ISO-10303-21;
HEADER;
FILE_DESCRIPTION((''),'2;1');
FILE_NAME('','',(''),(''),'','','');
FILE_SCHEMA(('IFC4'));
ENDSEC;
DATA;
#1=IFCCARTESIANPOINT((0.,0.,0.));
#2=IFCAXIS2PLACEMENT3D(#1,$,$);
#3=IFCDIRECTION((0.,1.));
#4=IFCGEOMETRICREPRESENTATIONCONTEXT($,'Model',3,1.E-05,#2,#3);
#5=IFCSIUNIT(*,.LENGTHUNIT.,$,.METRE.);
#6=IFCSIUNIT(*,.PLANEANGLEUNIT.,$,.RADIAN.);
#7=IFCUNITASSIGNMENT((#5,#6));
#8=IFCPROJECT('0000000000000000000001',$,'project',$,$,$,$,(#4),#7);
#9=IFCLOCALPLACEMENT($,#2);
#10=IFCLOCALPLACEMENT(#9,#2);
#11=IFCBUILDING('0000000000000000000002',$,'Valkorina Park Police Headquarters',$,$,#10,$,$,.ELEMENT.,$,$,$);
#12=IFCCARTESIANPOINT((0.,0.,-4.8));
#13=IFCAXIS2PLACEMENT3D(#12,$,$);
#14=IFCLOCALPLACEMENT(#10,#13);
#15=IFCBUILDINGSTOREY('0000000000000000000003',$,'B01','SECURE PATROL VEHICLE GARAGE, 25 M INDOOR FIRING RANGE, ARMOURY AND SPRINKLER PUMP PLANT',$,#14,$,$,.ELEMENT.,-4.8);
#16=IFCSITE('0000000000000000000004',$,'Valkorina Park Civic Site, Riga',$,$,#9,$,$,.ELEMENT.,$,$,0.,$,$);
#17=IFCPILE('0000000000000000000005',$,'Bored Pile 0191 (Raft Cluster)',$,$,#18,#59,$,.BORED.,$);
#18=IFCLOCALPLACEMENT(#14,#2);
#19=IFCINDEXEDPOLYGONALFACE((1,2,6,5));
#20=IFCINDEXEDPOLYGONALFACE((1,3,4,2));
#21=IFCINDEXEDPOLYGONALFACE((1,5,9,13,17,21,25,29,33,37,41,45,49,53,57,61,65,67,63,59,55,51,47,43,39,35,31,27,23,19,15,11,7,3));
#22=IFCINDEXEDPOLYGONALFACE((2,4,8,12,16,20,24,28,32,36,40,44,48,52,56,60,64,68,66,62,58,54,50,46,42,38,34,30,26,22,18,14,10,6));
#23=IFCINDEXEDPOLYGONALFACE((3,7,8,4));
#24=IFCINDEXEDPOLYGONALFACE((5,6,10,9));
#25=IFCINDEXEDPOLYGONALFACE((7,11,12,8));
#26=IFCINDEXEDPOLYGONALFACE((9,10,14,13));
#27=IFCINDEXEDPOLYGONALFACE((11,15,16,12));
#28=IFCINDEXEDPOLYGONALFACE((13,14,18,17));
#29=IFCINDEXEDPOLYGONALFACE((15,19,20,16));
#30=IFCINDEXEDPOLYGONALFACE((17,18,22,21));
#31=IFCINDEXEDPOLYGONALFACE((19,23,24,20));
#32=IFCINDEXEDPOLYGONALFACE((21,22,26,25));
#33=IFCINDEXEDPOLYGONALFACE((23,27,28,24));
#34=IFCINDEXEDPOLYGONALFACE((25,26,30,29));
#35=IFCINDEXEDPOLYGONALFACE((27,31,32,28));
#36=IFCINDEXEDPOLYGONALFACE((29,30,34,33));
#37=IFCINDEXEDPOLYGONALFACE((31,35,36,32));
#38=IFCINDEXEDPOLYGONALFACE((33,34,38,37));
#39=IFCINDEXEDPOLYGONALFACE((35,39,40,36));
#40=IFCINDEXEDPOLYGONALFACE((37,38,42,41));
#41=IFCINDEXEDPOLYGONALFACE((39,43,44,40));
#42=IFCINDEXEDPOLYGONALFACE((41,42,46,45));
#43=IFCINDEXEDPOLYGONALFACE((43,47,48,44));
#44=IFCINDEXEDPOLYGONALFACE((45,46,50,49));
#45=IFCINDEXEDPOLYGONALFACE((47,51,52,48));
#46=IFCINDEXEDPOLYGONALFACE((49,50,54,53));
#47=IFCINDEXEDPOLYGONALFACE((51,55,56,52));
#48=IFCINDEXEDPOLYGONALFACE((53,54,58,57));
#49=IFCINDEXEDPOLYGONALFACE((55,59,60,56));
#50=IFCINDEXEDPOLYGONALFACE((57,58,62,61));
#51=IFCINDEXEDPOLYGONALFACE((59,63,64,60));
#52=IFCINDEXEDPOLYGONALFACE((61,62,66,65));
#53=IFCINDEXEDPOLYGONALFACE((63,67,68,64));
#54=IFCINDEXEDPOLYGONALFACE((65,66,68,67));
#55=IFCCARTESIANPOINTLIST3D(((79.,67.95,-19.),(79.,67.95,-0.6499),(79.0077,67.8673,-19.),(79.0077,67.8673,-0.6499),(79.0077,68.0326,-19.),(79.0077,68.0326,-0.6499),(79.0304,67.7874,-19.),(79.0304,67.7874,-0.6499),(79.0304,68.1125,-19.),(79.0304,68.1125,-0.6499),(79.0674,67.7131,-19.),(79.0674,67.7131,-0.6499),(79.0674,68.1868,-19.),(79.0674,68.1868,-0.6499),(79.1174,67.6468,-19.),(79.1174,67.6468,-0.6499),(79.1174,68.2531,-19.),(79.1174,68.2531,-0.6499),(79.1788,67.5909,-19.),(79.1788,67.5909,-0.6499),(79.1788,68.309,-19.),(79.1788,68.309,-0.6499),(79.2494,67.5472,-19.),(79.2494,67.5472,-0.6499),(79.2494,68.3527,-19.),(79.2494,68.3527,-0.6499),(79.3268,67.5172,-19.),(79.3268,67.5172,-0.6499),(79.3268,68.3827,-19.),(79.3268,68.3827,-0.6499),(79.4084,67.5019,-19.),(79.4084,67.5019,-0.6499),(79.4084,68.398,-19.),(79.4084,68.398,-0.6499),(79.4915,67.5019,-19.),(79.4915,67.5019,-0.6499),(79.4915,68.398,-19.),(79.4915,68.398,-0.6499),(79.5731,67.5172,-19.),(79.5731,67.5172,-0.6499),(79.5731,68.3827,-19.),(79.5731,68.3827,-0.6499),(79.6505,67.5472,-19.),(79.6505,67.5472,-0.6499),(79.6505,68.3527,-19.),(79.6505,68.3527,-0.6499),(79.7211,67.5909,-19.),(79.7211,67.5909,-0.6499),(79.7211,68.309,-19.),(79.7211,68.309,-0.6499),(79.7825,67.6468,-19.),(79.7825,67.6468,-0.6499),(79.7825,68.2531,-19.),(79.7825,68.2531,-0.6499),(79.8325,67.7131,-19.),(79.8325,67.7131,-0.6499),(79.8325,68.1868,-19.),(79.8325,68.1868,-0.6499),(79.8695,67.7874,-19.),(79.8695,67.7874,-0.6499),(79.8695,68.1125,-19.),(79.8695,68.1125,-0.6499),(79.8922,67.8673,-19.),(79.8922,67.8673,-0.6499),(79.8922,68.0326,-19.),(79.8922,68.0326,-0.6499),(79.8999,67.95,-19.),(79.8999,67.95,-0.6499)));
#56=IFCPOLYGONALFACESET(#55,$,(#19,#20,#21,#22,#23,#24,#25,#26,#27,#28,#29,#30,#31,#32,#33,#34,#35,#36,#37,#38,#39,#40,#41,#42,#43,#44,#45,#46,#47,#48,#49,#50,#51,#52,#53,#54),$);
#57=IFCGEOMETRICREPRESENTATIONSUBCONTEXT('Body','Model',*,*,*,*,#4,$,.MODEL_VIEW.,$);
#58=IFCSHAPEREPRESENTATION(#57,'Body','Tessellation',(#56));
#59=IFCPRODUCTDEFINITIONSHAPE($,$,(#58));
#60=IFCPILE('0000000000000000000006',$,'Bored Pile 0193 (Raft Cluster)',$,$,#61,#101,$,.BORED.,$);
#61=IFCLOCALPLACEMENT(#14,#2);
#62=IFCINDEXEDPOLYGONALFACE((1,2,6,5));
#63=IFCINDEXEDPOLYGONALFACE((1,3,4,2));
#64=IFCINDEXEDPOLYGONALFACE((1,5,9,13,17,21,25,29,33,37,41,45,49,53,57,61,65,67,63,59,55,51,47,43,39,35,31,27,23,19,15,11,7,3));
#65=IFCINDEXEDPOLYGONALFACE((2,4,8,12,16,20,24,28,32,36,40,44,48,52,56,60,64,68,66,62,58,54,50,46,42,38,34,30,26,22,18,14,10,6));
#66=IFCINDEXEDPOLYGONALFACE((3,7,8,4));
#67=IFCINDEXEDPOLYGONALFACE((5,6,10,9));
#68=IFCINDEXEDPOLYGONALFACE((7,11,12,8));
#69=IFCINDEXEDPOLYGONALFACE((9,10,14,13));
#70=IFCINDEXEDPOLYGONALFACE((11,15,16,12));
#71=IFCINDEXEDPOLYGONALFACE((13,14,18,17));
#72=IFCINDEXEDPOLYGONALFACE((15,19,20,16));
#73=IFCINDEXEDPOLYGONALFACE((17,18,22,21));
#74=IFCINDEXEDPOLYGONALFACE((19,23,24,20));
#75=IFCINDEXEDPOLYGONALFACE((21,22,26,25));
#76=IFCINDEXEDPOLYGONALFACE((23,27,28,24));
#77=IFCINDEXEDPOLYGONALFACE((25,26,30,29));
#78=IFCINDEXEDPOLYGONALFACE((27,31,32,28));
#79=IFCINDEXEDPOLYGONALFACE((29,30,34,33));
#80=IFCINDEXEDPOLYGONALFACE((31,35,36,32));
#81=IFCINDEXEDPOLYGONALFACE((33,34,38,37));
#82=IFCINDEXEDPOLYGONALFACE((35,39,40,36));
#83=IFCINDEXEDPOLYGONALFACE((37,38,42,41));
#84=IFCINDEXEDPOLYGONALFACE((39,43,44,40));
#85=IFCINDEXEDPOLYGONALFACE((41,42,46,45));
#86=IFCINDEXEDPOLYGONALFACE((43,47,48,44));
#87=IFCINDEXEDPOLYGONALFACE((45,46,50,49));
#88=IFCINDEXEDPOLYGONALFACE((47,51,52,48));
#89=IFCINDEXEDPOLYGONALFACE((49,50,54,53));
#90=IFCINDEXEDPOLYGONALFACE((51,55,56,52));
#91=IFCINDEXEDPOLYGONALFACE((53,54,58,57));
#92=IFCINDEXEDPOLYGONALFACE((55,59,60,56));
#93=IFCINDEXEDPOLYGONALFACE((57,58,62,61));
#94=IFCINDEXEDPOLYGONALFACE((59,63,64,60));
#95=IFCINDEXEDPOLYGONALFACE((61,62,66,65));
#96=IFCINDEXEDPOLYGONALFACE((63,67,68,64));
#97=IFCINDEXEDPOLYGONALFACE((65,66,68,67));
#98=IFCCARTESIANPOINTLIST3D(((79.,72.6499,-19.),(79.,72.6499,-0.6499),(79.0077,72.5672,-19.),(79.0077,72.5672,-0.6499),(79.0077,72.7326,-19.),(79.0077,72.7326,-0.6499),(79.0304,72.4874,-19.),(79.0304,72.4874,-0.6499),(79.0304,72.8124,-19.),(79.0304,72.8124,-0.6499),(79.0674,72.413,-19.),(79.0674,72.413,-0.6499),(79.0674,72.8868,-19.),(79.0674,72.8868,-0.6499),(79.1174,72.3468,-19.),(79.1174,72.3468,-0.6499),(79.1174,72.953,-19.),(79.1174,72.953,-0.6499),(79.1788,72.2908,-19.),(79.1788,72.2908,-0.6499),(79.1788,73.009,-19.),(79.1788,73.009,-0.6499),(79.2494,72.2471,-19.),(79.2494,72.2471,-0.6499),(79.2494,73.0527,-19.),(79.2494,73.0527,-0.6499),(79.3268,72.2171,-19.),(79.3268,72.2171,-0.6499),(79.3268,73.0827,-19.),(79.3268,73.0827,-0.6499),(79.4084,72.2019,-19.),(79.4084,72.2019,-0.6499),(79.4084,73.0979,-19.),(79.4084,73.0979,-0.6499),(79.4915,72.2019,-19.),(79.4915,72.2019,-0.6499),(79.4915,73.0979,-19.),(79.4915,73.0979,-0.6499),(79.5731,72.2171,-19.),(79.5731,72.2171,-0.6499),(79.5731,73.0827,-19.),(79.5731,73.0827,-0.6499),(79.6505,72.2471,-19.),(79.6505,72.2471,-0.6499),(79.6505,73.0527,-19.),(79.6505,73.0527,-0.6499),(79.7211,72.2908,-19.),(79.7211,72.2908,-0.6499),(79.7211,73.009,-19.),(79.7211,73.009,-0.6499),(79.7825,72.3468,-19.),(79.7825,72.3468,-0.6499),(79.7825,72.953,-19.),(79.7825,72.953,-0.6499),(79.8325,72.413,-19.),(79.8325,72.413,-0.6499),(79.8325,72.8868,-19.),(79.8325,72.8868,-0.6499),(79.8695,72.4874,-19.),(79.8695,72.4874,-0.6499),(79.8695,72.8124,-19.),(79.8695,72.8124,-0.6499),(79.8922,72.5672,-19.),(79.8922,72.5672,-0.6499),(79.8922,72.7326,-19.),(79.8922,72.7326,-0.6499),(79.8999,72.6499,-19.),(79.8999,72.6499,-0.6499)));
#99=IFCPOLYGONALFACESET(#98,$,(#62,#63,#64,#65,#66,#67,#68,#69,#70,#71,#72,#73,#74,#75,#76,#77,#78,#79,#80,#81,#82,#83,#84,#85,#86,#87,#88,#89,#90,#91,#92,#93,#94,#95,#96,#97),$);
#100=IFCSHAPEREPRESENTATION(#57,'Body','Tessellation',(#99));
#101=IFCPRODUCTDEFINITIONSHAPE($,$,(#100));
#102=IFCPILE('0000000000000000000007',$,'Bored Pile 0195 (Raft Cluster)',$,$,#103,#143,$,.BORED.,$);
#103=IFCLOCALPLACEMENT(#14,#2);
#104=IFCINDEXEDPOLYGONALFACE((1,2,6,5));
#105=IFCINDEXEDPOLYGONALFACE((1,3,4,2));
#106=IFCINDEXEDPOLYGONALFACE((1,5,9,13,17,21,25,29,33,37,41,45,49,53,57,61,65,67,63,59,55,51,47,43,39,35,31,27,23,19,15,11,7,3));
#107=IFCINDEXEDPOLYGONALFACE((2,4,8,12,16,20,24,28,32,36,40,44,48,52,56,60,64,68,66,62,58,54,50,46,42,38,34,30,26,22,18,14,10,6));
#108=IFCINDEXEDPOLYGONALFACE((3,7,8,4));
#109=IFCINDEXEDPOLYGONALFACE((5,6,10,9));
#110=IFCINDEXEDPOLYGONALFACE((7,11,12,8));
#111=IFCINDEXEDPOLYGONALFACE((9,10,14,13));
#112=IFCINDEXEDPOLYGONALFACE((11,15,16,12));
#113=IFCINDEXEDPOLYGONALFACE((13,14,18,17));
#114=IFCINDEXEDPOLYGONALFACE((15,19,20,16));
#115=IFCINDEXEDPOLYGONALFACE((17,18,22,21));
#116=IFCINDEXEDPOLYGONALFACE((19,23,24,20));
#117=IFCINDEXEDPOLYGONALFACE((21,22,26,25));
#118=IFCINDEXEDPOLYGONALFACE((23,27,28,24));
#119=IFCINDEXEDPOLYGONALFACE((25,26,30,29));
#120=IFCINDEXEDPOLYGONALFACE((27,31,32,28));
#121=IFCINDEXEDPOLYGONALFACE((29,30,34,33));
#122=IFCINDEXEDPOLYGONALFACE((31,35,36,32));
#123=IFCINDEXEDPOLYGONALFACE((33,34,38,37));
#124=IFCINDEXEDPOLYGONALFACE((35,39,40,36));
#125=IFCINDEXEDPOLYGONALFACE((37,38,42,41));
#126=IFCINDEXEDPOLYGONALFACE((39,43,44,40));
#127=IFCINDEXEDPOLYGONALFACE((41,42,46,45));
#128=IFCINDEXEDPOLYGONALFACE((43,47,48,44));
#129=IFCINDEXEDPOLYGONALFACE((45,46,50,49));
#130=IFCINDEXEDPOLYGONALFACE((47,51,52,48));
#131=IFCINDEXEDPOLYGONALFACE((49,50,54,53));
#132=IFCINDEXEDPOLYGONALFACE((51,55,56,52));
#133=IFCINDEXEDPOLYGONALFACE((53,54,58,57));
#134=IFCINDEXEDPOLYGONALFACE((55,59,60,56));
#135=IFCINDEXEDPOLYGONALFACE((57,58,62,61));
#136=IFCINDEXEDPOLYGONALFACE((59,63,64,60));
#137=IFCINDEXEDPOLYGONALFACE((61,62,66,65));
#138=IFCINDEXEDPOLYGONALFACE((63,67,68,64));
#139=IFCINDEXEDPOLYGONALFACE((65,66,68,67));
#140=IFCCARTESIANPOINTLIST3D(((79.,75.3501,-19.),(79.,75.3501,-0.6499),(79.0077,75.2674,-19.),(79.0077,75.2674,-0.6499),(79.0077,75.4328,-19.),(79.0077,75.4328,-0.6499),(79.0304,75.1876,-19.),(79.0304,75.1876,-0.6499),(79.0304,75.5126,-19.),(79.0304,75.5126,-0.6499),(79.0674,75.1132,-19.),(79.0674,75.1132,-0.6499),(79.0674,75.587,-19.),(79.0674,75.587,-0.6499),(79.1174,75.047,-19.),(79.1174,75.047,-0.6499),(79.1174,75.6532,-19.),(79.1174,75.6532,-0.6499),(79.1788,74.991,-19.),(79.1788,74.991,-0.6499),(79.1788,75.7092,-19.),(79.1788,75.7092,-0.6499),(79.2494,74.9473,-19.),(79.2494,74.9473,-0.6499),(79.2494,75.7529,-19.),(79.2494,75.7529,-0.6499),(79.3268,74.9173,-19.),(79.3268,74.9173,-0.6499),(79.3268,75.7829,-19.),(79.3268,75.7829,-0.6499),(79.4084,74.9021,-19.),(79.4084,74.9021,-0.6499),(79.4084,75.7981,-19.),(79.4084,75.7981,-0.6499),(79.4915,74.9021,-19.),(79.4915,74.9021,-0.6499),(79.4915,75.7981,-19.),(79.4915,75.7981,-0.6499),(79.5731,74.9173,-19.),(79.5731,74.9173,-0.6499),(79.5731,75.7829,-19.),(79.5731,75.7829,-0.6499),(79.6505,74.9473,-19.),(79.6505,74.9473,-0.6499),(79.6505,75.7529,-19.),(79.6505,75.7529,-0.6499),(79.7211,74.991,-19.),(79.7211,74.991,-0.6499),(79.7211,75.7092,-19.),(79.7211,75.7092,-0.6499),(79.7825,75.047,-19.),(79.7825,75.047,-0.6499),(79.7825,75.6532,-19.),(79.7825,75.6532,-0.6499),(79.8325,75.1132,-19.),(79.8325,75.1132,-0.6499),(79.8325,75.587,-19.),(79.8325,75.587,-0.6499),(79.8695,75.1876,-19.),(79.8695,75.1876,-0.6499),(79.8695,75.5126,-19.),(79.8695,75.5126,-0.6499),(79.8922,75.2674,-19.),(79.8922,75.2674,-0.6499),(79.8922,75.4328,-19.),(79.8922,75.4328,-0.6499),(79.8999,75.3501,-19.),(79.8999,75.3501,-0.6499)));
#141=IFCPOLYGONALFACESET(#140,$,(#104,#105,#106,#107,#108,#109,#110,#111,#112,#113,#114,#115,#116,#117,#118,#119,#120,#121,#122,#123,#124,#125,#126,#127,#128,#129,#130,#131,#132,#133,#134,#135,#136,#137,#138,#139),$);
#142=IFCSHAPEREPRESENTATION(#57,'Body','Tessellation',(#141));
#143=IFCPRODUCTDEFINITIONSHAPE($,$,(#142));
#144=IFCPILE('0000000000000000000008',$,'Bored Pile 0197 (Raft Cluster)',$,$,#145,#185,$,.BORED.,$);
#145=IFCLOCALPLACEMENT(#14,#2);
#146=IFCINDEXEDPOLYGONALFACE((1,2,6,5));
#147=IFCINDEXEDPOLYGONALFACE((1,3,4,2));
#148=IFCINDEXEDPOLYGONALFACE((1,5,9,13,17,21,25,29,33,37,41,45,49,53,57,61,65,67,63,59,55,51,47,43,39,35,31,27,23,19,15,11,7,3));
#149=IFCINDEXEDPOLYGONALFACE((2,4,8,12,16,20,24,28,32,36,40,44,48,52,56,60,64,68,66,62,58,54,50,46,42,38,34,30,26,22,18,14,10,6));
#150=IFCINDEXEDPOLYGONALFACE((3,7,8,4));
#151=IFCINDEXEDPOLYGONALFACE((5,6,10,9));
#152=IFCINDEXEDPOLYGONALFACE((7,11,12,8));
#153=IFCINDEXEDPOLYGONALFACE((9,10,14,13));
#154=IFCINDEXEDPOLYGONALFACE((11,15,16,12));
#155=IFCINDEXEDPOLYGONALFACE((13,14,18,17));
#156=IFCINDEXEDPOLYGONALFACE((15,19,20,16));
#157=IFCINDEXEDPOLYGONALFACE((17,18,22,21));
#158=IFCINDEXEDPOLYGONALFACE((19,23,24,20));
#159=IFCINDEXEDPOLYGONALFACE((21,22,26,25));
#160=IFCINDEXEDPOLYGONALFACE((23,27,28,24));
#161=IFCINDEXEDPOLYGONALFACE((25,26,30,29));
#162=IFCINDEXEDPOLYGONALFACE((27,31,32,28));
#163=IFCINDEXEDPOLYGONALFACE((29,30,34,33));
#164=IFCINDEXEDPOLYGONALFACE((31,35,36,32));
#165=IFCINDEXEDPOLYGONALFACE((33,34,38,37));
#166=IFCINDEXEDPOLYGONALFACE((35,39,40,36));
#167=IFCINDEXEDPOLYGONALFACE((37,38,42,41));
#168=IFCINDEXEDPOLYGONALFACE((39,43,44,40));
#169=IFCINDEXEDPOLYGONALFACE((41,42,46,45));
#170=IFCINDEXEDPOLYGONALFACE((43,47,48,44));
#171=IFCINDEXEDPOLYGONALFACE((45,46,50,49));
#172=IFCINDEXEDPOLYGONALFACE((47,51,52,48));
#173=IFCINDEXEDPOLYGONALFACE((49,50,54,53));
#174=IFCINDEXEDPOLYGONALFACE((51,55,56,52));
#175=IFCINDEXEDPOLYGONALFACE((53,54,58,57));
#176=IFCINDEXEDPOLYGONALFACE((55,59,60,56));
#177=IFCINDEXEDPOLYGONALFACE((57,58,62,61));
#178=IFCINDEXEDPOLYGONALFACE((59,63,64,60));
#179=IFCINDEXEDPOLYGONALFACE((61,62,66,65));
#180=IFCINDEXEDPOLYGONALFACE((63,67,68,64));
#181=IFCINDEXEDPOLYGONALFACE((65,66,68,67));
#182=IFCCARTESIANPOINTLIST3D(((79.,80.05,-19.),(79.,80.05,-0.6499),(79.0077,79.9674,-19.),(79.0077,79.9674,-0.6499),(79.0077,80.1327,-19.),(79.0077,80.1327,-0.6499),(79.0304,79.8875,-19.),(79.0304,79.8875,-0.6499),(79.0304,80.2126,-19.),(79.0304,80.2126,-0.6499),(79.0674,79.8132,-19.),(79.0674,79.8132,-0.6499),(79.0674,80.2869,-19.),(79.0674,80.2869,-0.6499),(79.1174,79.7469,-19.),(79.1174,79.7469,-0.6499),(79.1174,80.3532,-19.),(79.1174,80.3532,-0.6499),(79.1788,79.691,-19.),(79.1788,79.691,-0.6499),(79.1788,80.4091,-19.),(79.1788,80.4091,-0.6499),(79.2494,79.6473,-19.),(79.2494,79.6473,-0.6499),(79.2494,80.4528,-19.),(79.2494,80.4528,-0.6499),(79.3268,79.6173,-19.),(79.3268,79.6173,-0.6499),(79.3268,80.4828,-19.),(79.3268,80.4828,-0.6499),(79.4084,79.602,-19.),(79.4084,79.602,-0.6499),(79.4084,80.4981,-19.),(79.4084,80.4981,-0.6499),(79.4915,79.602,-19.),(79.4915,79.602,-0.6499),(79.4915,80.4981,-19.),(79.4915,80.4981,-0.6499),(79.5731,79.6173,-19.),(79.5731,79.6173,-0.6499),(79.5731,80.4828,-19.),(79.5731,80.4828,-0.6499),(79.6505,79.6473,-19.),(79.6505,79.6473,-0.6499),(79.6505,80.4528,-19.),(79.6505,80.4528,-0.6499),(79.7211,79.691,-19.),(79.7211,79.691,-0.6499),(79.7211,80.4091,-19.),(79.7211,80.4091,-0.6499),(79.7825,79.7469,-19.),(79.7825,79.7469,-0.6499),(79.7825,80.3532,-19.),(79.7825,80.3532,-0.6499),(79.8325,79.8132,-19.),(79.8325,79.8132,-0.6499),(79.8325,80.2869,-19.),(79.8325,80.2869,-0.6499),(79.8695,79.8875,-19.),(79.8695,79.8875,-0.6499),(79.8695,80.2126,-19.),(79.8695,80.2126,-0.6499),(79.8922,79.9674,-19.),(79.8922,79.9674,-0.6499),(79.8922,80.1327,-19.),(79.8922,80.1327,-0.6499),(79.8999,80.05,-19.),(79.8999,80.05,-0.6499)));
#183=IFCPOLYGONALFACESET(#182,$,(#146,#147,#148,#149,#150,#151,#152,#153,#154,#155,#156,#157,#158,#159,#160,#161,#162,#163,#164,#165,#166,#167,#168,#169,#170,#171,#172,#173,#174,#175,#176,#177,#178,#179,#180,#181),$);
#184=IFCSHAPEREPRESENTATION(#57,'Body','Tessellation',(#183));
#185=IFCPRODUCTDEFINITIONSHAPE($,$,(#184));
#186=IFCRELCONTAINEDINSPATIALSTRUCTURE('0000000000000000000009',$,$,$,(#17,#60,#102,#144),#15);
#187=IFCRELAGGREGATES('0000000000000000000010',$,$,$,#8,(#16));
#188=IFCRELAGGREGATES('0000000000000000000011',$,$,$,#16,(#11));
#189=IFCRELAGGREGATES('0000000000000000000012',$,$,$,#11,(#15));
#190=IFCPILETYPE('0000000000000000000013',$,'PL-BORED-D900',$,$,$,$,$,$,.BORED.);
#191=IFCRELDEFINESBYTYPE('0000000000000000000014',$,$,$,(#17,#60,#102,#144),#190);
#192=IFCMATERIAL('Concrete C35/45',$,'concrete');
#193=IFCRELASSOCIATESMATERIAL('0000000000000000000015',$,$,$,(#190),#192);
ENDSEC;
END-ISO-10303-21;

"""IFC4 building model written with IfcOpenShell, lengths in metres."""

from ifc_helpers import new_model, si_unit, direction, frame, origin, origin_2d, place, context, subcontext, project, spatial, circle, extrude, material, material_profile, profile_set, type_object, element, save


model = new_model("IFC4")

# Units and contexts
model_context = context("Model", 3, precision=1e-05, world=origin(), true_north=direction((0.0, 1.0)))
body_context = subcontext(model_context, "Body", "Model", "MODEL_VIEW")
ifc_project = project(units=[si_unit("LENGTHUNIT", "METRE"), si_unit("PLANEANGLEUNIT", "RADIAN")], contexts=[model_context])

# Site, building, storey
site_placement = place(None, origin())
site = spatial("IfcSite", under=ifc_project, at=site_placement, Name="Valkorina Park Civic Site, Riga", CompositionType="ELEMENT", RefElevation=0.0)
building_placement = place(site_placement, origin())
building = spatial("IfcBuilding", under=site, at=building_placement, Name="Valkorina Park Police Headquarters", CompositionType="ELEMENT")
storey_placement = place(building_placement, frame((0.0, 0.0, -4.8)))
storey = spatial("IfcBuildingStorey", under=building, at=storey_placement, Name="B01", Description="SECURE PATROL VEHICLE GARAGE, 25 M INDOOR FIRING RANGE, ARMOURY AND SPRINKLER PUMP PLANT", CompositionType="ELEMENT", Elevation=-4.8)

# Piles
ifc_material_1 = material(Name="Concrete C35/45", Category="concrete")
ifc_material_profile_1 = material_profile(ifc_material_1, circle(Radius=0.45, at=origin_2d()), Name="BORED PILE D900")
ifc_profile_set_1 = profile_set([ifc_material_profile_1], Name="Concrete C35/45")
pile_type_1 = type_object("IfcPileType", Name="PL-BORED-D900", PredefinedType="BORED", material=ifc_profile_set_1)
for number, where, z_axis, x_axis, name in (
    (1, (79.45, 67.95, -0.6499), (0.0, 0.0, -1.0), (1.0, 0.0, 0.0), "Bored Pile 0191 (Raft Cluster)"),
    (2, (79.45, 72.6499, -0.6499), (0.0, 0.0, -1.0), (1.0, 0.0, 0.0), "Bored Pile 0193 (Raft Cluster)"),
    (3, (79.45, 75.3501, -0.6499), (0.0, 0.0, -1.0), (1.0, 0.0, 0.0), "Bored Pile 0195 (Raft Cluster)"),
    (4, (79.45, 80.05, -0.6499), (0.0, 0.0, -1.0), (1.0, 0.0, 0.0), "Bored Pile 0197 (Raft Cluster)"),
):
    element("IfcPile", number, at=place(storey_placement, frame(where, z_axis=z_axis, x_axis=x_axis)), inside=storey, type_object=pile_type_1, Name=name, PredefinedType="BORED", context=body_context, shape_type="SweptSolid", body=[
        extrude(circle(Radius=0.45, at=origin_2d()), origin(), (0.0, 0.0, 1.0), 18.3501),
    ])

save(model, "model.ifc")
